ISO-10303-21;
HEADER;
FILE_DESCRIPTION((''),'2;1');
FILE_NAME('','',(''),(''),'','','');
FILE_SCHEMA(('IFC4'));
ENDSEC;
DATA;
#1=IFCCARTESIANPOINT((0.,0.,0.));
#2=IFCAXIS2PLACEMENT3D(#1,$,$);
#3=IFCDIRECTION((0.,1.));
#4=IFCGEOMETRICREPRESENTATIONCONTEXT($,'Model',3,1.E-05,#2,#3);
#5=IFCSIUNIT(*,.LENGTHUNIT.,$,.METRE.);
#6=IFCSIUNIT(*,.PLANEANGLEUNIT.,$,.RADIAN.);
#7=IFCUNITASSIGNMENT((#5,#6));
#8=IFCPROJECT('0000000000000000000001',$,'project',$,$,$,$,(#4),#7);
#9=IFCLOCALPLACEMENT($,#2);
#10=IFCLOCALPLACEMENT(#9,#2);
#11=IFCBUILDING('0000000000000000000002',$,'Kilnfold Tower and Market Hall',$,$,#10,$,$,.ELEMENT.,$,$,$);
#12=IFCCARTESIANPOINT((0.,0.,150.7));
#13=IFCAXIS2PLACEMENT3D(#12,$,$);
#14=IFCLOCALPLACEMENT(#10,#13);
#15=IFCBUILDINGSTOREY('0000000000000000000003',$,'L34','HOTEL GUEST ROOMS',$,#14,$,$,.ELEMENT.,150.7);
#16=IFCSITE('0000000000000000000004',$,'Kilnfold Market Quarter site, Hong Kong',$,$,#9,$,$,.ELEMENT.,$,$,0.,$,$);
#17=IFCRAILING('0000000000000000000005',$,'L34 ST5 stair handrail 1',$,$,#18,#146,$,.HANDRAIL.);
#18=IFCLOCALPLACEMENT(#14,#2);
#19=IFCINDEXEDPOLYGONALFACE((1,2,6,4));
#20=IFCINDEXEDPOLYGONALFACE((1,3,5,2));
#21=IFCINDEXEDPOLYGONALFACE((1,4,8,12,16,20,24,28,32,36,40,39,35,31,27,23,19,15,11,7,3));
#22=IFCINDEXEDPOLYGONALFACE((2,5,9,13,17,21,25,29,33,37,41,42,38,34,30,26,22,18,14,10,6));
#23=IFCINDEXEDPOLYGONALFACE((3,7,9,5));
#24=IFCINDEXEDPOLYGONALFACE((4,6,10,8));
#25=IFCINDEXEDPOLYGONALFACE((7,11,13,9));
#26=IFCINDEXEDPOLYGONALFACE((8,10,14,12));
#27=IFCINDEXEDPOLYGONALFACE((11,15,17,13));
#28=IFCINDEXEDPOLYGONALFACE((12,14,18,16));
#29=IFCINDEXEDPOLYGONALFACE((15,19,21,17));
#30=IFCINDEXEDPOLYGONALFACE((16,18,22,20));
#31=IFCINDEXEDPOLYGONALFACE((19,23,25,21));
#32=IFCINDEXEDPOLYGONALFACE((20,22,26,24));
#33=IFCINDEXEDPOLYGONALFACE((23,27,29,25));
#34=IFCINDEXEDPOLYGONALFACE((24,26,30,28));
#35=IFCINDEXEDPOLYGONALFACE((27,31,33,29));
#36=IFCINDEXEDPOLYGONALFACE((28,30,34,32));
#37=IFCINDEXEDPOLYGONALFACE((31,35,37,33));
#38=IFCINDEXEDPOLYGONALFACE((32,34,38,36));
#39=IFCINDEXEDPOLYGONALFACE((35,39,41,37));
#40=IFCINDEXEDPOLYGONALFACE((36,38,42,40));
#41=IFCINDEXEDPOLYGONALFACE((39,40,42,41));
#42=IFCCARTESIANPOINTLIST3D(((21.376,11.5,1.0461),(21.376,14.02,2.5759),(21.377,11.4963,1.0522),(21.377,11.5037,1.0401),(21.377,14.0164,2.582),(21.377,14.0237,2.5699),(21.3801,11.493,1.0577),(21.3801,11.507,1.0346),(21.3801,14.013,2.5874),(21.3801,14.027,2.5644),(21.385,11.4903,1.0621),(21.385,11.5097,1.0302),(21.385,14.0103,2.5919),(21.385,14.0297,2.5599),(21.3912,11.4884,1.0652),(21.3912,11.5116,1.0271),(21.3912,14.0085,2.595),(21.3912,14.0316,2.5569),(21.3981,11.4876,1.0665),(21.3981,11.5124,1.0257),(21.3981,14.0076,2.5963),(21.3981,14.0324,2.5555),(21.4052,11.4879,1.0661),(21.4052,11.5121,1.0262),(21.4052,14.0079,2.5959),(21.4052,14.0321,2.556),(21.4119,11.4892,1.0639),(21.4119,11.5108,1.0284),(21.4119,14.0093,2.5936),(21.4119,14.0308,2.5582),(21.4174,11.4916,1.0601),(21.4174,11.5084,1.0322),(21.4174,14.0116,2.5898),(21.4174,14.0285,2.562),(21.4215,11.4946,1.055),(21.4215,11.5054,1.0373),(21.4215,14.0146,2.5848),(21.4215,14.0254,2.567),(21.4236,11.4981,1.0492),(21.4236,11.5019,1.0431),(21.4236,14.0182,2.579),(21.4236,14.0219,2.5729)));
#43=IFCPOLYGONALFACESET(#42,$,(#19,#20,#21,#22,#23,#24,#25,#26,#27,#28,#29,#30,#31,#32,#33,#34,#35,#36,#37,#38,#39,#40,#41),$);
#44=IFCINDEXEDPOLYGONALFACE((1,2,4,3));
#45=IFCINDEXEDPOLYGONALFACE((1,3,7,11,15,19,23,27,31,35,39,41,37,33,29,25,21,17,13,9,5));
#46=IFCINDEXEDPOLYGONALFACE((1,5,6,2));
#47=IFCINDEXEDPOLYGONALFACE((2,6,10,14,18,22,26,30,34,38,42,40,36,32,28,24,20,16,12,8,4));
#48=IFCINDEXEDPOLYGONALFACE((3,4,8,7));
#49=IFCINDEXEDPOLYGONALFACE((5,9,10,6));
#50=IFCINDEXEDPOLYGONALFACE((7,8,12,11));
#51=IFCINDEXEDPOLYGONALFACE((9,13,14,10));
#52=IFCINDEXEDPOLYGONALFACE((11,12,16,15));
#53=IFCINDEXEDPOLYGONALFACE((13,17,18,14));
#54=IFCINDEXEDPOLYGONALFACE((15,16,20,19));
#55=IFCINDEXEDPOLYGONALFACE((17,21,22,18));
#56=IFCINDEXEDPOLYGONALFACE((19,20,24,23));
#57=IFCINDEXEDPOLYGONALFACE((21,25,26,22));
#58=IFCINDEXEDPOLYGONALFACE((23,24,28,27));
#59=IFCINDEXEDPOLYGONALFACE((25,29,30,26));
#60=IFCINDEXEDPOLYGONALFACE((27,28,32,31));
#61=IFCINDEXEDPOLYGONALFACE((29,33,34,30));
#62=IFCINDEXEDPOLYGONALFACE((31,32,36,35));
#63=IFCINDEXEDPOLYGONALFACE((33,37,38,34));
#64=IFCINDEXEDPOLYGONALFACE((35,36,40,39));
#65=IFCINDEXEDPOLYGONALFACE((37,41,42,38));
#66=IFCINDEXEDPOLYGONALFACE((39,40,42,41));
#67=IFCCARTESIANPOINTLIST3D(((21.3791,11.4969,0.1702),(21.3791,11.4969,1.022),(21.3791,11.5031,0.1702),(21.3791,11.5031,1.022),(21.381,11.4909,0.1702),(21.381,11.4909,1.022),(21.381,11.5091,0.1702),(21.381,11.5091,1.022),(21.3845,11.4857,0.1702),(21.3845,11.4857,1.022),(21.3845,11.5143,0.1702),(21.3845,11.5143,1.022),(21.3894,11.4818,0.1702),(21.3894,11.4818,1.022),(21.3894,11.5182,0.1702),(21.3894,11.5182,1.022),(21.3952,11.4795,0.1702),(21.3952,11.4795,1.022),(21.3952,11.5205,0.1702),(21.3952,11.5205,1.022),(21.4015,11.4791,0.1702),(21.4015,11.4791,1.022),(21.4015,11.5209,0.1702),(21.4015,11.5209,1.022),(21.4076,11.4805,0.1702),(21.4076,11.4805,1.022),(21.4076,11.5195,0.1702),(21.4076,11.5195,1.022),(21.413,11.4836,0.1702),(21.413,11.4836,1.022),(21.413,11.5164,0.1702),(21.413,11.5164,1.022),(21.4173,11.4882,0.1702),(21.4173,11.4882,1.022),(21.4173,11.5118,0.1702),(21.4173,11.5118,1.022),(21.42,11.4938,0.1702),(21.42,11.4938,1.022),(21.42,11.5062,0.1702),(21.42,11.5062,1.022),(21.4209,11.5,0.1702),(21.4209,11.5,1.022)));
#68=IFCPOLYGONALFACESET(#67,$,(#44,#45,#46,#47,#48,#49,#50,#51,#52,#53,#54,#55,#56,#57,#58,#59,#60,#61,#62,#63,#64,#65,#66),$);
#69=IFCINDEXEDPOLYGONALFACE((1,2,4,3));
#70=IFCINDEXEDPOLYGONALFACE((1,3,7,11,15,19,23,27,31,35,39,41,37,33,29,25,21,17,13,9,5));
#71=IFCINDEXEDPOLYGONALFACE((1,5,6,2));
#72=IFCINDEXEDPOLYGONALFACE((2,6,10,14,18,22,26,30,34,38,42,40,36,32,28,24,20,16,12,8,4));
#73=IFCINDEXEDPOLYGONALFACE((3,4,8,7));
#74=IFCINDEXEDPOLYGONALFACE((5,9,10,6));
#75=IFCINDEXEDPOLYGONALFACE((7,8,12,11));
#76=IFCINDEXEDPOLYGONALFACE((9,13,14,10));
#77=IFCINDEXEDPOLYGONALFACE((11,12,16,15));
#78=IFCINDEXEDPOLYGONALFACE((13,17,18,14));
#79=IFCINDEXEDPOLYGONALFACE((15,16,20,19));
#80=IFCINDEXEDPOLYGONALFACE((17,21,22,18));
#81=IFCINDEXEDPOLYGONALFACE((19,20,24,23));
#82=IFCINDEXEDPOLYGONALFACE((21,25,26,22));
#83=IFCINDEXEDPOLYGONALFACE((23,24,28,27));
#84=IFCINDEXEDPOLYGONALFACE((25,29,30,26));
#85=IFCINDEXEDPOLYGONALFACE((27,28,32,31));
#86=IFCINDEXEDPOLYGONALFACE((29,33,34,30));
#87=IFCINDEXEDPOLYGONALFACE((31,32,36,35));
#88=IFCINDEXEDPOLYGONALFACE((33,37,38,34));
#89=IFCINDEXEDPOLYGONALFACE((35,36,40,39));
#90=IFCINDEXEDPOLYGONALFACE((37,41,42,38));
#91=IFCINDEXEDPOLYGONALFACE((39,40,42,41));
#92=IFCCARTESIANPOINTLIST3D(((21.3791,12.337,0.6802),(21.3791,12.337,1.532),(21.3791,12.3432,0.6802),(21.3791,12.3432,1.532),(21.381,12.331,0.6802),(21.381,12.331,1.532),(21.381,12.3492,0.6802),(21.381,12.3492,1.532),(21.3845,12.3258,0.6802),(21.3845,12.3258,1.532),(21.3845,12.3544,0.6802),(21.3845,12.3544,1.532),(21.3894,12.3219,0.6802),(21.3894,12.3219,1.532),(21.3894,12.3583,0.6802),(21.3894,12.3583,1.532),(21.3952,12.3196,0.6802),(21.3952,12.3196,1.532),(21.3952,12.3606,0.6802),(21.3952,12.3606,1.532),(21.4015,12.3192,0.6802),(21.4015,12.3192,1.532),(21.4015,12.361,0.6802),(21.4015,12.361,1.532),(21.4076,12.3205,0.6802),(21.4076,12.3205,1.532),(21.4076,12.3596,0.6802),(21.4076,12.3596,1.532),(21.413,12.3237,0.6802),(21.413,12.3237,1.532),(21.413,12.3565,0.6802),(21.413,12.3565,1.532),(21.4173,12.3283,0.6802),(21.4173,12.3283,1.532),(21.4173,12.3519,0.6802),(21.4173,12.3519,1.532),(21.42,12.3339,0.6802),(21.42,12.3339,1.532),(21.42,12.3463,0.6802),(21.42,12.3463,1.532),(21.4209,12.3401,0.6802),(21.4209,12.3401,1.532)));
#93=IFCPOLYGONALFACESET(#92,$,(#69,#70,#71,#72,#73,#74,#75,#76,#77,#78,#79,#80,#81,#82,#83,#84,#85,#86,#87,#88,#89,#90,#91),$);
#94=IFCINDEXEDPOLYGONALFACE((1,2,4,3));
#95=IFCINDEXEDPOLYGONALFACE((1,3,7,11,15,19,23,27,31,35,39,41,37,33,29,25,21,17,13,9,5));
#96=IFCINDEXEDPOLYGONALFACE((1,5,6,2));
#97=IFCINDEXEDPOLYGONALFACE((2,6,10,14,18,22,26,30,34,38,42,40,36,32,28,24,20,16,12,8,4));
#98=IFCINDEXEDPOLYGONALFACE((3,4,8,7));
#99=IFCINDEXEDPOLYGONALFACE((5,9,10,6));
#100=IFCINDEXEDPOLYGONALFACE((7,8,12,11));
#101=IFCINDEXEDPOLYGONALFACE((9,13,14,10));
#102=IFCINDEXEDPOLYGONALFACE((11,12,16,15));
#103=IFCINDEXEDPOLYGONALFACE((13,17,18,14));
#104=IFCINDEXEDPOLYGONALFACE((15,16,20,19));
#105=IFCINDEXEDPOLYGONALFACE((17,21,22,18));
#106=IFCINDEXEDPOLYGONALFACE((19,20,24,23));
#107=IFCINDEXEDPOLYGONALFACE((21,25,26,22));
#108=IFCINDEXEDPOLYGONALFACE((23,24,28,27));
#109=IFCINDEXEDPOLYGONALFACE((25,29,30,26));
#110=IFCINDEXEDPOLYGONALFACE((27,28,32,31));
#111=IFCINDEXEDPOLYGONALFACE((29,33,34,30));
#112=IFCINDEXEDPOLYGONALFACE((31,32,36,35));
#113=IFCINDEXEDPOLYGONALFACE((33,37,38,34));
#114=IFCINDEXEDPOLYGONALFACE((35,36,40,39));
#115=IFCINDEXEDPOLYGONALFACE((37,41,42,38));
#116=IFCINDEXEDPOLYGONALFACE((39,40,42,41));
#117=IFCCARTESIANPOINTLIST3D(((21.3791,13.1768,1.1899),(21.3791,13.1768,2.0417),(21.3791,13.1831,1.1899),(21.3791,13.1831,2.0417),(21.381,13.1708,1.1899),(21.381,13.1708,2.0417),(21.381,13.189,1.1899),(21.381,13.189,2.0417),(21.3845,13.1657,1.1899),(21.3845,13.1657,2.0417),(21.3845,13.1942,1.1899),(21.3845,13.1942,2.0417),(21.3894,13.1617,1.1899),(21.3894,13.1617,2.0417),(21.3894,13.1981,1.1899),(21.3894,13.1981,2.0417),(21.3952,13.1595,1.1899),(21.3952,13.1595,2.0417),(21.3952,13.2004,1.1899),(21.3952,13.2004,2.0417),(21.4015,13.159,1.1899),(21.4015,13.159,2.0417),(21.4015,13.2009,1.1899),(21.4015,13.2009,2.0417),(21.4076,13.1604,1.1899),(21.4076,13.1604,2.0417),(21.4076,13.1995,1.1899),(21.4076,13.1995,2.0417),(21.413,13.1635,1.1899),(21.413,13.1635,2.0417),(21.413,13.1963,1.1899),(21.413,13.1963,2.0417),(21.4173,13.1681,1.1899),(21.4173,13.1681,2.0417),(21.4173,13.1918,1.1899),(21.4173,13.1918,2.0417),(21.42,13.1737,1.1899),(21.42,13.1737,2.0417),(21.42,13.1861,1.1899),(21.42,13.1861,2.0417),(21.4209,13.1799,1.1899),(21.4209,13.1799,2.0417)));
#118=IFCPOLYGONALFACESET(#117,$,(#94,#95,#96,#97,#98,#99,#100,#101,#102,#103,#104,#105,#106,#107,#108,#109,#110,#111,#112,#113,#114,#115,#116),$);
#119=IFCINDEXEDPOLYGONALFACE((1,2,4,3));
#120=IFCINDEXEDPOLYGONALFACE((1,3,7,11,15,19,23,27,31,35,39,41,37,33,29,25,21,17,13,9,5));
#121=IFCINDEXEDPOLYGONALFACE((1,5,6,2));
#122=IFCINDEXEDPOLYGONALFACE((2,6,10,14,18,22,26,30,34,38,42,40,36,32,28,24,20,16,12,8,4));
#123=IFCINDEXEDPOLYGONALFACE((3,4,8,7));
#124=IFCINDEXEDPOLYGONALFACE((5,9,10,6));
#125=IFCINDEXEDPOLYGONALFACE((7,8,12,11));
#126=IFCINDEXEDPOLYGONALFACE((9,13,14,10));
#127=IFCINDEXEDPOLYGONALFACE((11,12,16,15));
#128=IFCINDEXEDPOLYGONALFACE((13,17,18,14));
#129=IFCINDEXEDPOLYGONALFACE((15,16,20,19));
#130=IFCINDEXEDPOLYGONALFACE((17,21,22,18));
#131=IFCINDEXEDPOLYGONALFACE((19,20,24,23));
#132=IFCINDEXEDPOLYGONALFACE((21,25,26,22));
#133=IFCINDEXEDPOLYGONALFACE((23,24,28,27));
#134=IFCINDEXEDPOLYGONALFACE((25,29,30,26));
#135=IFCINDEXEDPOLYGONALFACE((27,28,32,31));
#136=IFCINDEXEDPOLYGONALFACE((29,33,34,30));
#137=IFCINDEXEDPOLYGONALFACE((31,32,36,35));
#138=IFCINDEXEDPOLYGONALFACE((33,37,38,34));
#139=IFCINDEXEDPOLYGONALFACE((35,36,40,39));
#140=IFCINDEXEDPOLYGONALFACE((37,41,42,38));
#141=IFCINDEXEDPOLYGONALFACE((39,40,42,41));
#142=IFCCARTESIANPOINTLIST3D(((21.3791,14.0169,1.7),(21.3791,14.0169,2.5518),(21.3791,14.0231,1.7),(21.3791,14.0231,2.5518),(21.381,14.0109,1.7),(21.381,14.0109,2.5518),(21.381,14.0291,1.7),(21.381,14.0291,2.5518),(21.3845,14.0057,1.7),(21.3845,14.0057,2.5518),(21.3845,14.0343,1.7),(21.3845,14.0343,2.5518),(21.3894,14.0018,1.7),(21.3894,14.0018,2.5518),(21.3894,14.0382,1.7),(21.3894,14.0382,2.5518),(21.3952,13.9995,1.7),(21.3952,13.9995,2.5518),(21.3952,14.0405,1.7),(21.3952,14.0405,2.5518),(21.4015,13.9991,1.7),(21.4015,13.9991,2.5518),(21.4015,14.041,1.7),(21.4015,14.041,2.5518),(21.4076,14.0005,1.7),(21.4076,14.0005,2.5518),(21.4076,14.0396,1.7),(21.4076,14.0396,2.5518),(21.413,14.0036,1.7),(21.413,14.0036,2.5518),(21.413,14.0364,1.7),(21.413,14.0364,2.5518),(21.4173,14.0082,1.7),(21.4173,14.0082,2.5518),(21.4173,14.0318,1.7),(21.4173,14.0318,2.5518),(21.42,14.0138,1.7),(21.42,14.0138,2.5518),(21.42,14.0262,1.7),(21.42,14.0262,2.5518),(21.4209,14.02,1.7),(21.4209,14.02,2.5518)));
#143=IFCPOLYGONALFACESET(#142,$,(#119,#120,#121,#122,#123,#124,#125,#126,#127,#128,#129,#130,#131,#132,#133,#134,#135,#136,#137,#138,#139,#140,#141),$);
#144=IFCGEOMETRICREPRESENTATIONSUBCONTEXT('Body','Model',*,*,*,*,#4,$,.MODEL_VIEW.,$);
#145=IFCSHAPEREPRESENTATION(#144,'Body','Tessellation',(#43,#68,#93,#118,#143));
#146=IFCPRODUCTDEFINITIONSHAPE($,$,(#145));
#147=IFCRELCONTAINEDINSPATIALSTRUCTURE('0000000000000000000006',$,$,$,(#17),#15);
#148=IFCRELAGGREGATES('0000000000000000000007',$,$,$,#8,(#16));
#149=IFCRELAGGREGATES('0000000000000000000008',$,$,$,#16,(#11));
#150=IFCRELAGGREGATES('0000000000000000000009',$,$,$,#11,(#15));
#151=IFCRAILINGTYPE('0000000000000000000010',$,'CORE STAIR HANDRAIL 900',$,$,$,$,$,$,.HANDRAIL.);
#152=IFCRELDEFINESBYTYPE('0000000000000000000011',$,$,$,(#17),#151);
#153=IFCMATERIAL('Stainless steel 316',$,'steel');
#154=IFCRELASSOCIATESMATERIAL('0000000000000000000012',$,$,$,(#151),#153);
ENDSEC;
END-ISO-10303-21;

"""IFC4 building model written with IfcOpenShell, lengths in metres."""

from ifc_helpers import new_model, si_unit, direction, frame, origin, origin_2d, place, context, subcontext, project, spatial, circle, extrude, material, type_object, element, save


model = new_model("IFC4")

# Units and contexts
model_context = context("Model", 3, precision=1e-05, world=origin(), true_north=direction((0.0, 1.0)))
body_context = subcontext(model_context, "Body", "Model", "MODEL_VIEW")
ifc_project = project(units=[si_unit("LENGTHUNIT", "METRE"), si_unit("PLANEANGLEUNIT", "RADIAN")], contexts=[model_context])

# Site, building, storey
site_placement = place(None, origin())
site = spatial("IfcSite", under=ifc_project, at=site_placement, Name="Kilnfold Market Quarter site, Hong Kong", CompositionType="ELEMENT", RefElevation=0.0)
building_placement = place(site_placement, origin())
building = spatial("IfcBuilding", under=site, at=building_placement, Name="Kilnfold Tower and Market Hall", CompositionType="ELEMENT")
storey_placement = place(building_placement, frame((0.0, 0.0, 150.7)))
storey = spatial("IfcBuildingStorey", under=building, at=storey_placement, Name="L34", Description="HOTEL GUEST ROOMS", CompositionType="ELEMENT", Elevation=150.7)

# Railing
ifc_material_1 = material(Name="Stainless steel 316", Category="steel")
railing_type_1 = type_object("IfcRailingType", Name="CORE STAIR HANDRAIL 900", PredefinedType="HANDRAIL", material=ifc_material_1)
railing_1_placement = place(storey_placement, frame((21.3999, 11.5, 0.1702)))
element("IfcRailing", 1, at=railing_1_placement, inside=storey, type_object=railing_type_1, Name="L34 ST5 stair handrail 1", PredefinedType="HANDRAIL", context=body_context, shape_type="SweptSolid", body=[
    extrude(circle(Radius=0.0239, at=origin_2d()), frame((0.0, 0.0, 0.876), z_axis=(0.0, 0.854822, 0.518922), x_axis=(-1.0, 0.0, 0.0)), (0.0, 0.0, 1.0), 2.948),
    extrude(circle(Radius=0.021, at=origin_2d()), origin(), (0.0, 0.0, 1.0), 0.8518),
    extrude(circle(Radius=0.021, at=origin_2d()), frame((0.0, 0.8401, 0.51)), (0.0, 0.0, 1.0), 0.8518),
    extrude(circle(Radius=0.021, at=origin_2d()), frame((0.0, 1.6799, 1.0198)), (0.0, 0.0, 1.0), 0.8518),
    extrude(circle(Radius=0.021, at=origin_2d()), frame((0.0, 2.52, 1.5298)), (0.0, 0.0, 1.0), 0.8518),
])

save(model, "model.ifc")
